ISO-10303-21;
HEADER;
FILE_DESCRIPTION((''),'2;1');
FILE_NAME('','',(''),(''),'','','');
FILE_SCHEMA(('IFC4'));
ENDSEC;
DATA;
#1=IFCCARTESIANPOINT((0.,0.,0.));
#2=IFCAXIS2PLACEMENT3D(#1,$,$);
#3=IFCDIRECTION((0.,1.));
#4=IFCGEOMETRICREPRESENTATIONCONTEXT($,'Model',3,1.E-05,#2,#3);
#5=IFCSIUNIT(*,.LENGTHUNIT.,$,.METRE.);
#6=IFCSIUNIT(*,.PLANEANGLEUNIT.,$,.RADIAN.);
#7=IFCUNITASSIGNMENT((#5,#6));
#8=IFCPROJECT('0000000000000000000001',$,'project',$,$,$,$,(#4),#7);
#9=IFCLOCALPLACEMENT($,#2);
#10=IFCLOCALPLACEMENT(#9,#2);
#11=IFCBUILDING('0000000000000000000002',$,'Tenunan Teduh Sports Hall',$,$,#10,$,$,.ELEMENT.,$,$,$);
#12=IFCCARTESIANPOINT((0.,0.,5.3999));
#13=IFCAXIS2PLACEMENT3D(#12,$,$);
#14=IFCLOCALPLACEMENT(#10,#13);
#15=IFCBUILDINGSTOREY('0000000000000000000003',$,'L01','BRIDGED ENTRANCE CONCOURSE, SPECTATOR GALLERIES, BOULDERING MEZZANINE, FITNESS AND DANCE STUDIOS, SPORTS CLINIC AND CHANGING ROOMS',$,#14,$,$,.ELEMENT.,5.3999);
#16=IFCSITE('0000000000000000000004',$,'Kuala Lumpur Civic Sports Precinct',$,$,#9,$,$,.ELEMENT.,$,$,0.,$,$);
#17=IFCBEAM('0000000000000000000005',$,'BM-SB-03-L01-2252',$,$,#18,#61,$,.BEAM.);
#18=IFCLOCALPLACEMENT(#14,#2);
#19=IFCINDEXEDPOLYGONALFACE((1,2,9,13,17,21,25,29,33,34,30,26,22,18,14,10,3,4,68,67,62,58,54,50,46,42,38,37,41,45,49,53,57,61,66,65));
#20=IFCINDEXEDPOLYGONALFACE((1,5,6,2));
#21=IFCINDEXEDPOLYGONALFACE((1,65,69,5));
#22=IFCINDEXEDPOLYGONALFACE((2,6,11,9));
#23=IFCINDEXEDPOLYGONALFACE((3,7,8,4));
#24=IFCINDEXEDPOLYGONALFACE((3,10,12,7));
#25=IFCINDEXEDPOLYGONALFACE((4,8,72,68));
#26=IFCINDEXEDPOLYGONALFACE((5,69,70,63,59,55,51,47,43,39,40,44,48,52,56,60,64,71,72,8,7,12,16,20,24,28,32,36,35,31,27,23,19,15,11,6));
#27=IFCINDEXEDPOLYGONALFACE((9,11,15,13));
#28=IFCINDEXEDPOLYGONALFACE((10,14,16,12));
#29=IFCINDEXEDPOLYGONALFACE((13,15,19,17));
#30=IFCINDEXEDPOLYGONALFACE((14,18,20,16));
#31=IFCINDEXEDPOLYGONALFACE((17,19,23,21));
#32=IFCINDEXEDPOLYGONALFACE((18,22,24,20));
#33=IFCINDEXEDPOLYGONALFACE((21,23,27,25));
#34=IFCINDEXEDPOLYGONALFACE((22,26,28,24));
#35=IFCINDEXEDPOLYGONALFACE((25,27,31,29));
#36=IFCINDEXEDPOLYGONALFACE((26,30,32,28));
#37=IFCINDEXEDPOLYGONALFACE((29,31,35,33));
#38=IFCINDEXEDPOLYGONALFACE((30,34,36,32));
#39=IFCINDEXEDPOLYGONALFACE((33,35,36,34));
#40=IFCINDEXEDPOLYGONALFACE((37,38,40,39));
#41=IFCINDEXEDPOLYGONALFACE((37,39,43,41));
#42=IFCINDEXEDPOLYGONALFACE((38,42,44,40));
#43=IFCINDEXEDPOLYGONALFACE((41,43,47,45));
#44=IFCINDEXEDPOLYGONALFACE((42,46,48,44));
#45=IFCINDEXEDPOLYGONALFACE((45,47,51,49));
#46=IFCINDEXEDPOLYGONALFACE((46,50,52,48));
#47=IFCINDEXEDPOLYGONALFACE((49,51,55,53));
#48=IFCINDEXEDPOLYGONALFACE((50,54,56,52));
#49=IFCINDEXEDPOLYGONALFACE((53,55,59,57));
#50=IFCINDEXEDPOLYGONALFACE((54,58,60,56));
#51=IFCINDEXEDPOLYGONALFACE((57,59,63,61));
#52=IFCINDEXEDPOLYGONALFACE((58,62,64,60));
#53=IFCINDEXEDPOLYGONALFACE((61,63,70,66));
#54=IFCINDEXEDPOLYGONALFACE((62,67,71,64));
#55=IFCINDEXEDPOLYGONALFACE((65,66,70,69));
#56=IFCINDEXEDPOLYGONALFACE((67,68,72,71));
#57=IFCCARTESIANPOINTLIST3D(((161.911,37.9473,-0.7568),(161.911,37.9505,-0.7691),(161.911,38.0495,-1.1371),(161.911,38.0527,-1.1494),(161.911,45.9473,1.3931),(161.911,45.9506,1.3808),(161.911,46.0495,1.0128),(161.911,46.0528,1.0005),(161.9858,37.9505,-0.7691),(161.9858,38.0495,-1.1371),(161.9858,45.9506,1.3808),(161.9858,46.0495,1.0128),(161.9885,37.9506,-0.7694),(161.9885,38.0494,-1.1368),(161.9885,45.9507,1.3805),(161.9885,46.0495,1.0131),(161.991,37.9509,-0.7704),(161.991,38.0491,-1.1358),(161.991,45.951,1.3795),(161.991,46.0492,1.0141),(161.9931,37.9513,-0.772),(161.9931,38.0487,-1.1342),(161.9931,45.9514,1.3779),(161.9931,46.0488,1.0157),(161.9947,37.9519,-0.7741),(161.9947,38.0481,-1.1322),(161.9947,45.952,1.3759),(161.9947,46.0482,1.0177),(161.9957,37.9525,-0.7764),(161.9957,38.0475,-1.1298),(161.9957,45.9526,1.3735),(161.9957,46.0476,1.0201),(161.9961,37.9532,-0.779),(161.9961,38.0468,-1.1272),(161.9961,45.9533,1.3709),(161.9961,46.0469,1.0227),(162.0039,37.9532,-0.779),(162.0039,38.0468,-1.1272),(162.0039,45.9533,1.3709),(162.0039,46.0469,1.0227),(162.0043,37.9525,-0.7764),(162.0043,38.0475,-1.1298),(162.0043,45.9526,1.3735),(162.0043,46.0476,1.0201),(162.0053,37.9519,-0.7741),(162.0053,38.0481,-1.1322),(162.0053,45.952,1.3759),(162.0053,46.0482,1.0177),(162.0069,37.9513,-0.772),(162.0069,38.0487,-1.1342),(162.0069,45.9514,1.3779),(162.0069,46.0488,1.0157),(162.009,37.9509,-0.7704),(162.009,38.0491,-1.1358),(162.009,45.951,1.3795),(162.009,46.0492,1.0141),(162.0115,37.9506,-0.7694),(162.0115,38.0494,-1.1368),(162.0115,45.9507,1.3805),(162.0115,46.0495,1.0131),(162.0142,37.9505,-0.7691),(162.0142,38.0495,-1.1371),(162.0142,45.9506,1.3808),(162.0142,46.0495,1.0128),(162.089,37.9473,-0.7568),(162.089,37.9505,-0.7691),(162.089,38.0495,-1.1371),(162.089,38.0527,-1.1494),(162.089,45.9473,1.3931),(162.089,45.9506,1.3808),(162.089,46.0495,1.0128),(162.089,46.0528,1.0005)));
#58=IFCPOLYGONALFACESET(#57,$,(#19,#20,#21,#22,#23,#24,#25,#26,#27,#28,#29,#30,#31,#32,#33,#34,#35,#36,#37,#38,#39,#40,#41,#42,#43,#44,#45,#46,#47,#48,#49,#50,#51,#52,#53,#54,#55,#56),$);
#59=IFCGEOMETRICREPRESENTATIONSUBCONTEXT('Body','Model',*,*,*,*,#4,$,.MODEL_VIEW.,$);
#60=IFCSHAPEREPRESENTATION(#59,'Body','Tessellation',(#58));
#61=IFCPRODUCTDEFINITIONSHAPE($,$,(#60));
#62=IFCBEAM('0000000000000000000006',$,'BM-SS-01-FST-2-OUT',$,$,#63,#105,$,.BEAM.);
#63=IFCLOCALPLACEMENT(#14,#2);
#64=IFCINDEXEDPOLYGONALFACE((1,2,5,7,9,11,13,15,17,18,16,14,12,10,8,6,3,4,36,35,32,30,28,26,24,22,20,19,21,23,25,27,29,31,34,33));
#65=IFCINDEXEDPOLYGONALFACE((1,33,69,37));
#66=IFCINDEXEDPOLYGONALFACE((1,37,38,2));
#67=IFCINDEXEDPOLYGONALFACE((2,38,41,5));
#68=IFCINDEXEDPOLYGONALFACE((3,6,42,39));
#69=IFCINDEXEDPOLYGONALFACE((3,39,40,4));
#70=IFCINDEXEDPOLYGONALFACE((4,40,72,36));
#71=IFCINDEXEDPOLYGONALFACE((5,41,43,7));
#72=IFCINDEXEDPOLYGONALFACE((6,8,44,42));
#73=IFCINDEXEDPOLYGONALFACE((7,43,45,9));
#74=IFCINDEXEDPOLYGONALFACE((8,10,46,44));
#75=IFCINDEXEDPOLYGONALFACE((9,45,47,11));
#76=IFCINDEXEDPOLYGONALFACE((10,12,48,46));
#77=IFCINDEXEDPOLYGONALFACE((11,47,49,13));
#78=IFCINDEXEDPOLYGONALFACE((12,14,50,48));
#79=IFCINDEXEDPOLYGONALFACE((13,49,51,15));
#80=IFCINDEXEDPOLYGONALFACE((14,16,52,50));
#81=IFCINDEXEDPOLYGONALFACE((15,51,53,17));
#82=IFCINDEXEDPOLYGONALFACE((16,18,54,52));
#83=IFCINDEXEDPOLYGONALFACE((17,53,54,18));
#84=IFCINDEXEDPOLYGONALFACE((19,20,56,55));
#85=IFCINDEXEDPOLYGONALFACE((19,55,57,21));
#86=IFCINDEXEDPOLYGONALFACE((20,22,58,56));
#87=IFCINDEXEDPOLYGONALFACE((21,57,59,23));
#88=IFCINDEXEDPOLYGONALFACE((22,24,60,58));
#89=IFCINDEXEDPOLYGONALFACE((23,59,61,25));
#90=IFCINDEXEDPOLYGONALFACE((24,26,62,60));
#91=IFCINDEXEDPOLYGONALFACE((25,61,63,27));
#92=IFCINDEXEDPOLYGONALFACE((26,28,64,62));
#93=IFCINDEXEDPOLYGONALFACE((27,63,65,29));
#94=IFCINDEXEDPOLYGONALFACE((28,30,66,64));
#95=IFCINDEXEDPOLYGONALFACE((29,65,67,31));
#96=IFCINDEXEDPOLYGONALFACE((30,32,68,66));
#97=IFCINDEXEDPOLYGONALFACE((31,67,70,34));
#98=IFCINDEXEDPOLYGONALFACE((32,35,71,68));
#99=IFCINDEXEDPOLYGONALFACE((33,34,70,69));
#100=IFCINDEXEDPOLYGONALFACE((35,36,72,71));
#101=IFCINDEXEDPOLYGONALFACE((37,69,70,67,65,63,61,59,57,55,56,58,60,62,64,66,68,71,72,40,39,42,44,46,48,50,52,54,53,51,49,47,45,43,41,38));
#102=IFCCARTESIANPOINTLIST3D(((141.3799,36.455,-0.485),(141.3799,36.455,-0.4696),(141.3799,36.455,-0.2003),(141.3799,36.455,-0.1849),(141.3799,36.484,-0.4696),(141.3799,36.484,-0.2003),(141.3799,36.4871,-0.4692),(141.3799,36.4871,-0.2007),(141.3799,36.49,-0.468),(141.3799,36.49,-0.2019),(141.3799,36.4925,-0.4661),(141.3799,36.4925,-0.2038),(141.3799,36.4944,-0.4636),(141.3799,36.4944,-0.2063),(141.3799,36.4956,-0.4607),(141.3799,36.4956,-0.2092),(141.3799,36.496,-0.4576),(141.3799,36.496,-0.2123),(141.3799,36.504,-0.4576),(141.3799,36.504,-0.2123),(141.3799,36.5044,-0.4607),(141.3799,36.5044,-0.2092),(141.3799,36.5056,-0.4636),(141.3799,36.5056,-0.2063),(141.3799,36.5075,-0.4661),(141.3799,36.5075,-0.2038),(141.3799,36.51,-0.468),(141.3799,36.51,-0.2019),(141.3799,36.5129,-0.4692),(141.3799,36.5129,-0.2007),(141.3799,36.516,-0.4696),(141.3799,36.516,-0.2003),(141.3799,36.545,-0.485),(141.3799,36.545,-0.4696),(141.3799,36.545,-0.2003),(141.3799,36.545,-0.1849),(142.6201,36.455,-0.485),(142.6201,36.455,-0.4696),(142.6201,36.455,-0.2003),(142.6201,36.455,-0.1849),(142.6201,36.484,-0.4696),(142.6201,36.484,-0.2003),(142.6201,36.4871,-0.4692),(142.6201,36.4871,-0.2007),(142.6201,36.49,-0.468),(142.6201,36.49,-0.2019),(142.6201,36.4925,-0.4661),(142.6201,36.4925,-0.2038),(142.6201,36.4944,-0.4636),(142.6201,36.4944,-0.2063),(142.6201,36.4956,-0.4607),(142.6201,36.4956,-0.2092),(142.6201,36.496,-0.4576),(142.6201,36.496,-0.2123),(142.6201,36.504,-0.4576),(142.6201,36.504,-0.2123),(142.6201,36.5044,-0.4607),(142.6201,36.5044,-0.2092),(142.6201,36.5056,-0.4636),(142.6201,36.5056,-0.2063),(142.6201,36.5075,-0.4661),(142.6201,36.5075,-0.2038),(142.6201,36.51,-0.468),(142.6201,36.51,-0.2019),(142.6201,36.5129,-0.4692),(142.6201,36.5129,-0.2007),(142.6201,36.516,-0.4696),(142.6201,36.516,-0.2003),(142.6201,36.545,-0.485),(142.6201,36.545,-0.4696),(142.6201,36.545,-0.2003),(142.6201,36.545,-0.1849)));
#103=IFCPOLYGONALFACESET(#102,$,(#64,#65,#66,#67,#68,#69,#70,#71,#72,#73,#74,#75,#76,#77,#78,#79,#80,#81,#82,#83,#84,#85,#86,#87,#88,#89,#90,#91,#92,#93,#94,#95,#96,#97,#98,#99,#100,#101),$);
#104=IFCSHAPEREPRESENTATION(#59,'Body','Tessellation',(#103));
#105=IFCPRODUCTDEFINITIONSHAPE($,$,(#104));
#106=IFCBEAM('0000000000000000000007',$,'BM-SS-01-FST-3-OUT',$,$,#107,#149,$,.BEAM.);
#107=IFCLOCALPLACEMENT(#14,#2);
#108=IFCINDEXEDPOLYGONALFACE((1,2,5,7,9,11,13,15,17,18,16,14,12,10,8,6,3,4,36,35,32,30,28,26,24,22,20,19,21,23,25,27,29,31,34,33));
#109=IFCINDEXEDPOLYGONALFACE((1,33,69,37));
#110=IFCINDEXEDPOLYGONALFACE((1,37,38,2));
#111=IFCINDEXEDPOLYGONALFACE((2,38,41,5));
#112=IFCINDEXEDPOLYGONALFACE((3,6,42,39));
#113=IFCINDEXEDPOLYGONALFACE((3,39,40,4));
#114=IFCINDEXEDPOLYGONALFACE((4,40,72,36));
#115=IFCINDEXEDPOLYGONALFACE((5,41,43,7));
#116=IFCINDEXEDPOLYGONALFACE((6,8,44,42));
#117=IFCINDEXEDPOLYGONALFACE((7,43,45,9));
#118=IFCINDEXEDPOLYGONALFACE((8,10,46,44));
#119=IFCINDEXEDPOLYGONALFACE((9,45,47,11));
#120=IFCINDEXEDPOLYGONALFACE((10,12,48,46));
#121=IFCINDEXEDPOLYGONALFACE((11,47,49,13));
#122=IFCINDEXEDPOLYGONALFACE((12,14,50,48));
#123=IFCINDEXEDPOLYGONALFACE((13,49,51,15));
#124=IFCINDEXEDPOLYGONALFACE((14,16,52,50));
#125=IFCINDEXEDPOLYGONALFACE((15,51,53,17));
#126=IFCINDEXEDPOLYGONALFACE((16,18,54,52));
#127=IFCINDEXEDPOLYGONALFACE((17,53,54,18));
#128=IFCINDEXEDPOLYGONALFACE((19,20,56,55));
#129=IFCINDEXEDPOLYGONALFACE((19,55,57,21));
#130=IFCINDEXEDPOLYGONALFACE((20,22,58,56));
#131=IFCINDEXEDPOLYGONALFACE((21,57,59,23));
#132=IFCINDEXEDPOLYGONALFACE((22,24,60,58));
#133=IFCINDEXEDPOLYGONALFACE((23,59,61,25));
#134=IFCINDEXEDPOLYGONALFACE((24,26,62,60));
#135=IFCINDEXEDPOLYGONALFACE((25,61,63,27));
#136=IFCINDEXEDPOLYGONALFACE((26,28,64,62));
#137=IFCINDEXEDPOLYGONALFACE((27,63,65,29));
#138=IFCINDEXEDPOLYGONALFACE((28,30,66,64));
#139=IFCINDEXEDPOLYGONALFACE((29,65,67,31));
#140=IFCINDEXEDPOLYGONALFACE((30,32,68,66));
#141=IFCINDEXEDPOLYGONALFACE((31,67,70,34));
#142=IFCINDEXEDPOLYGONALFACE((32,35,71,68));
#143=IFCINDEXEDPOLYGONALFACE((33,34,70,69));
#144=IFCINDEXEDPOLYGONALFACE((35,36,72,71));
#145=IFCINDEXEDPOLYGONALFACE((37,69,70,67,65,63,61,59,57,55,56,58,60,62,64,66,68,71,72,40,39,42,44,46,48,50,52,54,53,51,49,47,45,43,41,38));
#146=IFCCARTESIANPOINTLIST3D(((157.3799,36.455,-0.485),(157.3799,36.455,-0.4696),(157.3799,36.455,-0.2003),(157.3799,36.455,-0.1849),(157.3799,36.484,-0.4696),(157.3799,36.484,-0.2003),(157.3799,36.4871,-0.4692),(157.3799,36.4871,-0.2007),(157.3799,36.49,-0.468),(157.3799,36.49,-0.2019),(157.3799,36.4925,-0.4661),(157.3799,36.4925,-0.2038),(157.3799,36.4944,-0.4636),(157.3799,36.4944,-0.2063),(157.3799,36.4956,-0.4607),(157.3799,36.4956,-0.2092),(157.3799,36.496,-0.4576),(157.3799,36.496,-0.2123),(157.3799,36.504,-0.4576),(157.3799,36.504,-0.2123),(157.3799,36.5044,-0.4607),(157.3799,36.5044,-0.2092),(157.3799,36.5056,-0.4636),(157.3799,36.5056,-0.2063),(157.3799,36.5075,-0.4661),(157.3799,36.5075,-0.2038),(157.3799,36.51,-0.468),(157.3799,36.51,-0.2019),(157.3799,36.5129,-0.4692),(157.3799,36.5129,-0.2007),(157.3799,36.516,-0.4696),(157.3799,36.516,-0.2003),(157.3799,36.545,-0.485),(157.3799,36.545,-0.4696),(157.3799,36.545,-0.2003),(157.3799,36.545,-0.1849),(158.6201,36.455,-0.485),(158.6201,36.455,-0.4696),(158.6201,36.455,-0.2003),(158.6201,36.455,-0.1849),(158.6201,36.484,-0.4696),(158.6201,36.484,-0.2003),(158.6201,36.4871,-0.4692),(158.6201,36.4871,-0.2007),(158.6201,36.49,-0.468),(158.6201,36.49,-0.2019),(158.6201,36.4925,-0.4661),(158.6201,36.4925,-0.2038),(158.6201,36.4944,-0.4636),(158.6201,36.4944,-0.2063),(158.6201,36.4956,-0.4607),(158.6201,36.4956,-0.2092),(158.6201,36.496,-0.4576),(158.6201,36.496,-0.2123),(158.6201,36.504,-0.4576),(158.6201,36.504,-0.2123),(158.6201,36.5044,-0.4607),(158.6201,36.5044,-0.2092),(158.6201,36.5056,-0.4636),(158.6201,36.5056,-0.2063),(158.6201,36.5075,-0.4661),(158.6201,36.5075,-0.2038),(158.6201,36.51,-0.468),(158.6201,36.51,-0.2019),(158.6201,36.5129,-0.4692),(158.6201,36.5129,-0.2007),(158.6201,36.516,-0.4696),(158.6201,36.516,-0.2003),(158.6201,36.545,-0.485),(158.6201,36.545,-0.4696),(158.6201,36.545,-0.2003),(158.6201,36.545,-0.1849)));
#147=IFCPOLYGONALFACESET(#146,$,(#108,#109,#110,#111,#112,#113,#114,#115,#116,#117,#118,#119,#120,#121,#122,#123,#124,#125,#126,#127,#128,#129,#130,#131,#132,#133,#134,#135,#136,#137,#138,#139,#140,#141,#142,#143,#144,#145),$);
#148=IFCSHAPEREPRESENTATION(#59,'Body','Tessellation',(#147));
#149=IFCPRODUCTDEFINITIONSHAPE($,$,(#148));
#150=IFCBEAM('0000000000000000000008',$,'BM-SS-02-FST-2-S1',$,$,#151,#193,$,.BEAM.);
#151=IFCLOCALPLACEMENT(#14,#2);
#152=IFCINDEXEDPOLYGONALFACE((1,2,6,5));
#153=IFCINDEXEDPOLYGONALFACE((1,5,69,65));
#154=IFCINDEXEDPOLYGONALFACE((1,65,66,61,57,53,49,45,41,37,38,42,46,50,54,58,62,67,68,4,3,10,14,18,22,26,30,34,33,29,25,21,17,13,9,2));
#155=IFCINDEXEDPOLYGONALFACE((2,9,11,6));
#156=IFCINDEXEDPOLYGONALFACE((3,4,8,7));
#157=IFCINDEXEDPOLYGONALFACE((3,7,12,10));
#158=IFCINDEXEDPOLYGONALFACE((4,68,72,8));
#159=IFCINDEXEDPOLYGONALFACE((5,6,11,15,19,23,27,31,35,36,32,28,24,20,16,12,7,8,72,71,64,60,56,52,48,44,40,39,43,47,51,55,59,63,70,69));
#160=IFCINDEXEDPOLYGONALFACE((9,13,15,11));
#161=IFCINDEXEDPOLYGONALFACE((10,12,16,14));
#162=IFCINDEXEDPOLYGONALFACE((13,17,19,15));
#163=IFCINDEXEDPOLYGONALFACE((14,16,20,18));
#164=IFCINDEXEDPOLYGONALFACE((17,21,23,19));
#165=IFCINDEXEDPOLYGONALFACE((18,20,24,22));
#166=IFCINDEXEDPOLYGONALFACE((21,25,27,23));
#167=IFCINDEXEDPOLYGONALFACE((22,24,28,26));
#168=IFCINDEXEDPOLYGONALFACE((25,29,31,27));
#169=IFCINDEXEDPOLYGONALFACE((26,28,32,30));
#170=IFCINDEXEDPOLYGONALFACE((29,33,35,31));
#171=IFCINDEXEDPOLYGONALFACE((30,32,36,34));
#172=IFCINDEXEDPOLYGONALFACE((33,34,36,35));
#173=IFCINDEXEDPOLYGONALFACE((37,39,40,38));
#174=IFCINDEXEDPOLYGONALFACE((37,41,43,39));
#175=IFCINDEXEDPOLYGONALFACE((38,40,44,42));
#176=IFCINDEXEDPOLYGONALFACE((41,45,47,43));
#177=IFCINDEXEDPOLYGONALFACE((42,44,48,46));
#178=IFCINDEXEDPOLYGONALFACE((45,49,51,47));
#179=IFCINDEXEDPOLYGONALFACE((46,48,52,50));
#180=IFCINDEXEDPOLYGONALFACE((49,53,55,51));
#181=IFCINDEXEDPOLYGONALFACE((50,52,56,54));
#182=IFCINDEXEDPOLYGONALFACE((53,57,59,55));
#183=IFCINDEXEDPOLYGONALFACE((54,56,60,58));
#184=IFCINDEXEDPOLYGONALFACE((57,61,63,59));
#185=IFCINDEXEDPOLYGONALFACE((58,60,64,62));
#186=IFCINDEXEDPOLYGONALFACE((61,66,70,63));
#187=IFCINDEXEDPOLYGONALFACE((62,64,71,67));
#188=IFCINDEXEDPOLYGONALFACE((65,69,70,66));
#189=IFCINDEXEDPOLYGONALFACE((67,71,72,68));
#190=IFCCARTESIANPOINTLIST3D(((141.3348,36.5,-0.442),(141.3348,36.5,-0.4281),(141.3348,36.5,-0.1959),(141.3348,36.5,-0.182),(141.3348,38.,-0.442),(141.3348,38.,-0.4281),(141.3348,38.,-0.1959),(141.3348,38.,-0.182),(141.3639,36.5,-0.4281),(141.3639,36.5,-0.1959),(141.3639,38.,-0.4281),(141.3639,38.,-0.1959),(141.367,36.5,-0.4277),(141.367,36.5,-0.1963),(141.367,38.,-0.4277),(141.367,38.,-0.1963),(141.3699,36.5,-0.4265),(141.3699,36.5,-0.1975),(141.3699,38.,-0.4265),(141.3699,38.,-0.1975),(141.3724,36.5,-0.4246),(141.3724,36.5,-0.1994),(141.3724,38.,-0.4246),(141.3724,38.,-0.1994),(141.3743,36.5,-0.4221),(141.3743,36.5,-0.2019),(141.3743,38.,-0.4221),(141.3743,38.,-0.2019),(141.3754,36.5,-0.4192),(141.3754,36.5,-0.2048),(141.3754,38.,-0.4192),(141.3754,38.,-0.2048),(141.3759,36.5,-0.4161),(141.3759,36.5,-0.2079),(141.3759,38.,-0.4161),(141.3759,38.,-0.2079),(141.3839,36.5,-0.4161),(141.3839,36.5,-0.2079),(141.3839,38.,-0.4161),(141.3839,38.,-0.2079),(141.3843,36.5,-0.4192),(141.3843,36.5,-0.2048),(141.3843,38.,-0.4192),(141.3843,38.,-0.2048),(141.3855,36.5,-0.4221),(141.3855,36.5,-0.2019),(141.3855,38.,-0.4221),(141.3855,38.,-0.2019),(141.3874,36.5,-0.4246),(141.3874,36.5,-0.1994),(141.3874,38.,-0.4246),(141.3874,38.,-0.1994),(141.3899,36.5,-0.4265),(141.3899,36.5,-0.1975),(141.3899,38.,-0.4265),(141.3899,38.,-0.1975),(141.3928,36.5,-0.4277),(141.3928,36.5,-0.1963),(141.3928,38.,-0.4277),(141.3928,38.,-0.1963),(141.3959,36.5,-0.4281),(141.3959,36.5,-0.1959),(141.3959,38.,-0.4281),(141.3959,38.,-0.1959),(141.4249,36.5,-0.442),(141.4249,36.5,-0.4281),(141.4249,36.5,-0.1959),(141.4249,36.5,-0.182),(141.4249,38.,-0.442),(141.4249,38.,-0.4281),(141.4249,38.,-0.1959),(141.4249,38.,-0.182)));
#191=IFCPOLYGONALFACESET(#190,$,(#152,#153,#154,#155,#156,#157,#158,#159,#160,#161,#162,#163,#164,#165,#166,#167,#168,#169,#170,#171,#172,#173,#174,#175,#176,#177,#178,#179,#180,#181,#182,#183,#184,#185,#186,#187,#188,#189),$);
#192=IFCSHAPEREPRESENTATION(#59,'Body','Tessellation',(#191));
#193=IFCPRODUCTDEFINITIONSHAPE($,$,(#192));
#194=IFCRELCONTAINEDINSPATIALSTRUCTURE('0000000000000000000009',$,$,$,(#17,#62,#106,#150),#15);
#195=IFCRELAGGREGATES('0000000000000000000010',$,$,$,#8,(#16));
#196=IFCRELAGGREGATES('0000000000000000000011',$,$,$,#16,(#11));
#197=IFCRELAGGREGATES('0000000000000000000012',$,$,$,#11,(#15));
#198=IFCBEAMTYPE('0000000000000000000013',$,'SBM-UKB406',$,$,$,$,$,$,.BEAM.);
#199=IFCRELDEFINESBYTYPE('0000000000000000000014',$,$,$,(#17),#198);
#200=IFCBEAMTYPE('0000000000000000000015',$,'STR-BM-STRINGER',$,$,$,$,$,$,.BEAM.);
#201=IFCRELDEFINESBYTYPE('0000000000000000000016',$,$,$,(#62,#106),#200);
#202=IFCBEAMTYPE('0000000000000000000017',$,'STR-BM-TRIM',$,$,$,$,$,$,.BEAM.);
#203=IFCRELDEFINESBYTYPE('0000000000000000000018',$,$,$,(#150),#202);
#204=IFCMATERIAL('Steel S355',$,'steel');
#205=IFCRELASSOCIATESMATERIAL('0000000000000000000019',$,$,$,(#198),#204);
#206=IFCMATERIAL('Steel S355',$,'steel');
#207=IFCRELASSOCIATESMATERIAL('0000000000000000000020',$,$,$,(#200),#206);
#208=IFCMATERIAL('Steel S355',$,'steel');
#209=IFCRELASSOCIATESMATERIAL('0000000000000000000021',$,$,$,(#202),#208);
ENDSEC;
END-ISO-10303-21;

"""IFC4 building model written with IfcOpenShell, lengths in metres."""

from ifc_helpers import new_model, si_unit, direction, frame, origin, origin_2d, place, context, subcontext, project, spatial, i_section, extrude, material, material_profile, profile_set, type_object, element, save


model = new_model("IFC4")

# Units and contexts
model_context = context("Model", 3, precision=1e-05, world=origin(), true_north=direction((0.0, 1.0)))
body_context = subcontext(model_context, "Body", "Model", "MODEL_VIEW")
ifc_project = project(units=[si_unit("LENGTHUNIT", "METRE"), si_unit("PLANEANGLEUNIT", "RADIAN")], contexts=[model_context])

# Site, building, storey
site_placement = place(None, origin())
site = spatial("IfcSite", under=ifc_project, at=site_placement, Name="Kuala Lumpur Civic Sports Precinct", CompositionType="ELEMENT", RefElevation=0.0)
building_placement = place(site_placement, origin())
building = spatial("IfcBuilding", under=site, at=building_placement, Name="Tenunan Teduh Sports Hall", CompositionType="ELEMENT")
storey_placement = place(building_placement, frame((0.0, 0.0, 5.3999)))
storey = spatial("IfcBuildingStorey", under=building, at=storey_placement, Name="L01", Description="BRIDGED ENTRANCE CONCOURSE, SPECTATOR GALLERIES, BOULDERING MEZZANINE, FITNESS AND DANCE STUDIOS, SPORTS CLINIC AND CHANGING ROOMS", CompositionType="ELEMENT", Elevation=5.3999)

# Beams
ifc_material_1 = material(Name="Steel S355", Category="steel")
ifc_material_profile_1 = material_profile(ifc_material_1, i_section(OverallWidth=0.178, OverallDepth=0.4065, WebThickness=0.0078, FlangeThickness=0.0127, FilletRadius=0.0103, at=origin_2d()), Name="UKB 406x178x60")
ifc_profile_set_1 = profile_set([ifc_material_profile_1], Name="Steel S355")
beam_type_1 = type_object("IfcBeamType", Name="SBM-UKB406", PredefinedType="BEAM", material=ifc_profile_set_1)
for number, where, z_axis, x_axis, name in (
    (1, (162.0, 38.0, -0.9531), (0.0, 0.965735, 0.25953), (-1.0, 0.0, 0.0), "BM-SB-03-L01-2252"),
):
    element("IfcBeam", number, at=place(storey_placement, frame(where, z_axis=z_axis, x_axis=x_axis)), inside=storey, type_object=beam_type_1, Name=name, PredefinedType="BEAM", context=body_context, shape_type="SweptSolid", body=[
        extrude(i_section(OverallWidth=0.178, OverallDepth=0.4065, WebThickness=0.0078, FlangeThickness=0.0127, FilletRadius=0.0103, at=origin_2d()), origin(), (0.0, 0.0, 1.0), 8.2839),
    ])
ifc_material_2 = material(Name="Steel S355", Category="steel")
ifc_material_profile_2 = material_profile(ifc_material_2, i_section(OverallWidth=0.0901, OverallDepth=0.3, WebThickness=0.0081, FlangeThickness=0.0154, FilletRadius=0.012, at=origin_2d()), Name="PFC 300x90")
ifc_profile_set_2 = profile_set([ifc_material_profile_2], Name="Steel S355")
beam_type_2 = type_object("IfcBeamType", Name="STR-BM-STRINGER", PredefinedType="BEAM", material=ifc_profile_set_2)
for number, where, z_axis, x_axis, name in (
    (2, (141.3799, 36.5, -0.335), (1.0, 0.0, 0.0), (0.0, 1.0, 0.0), "BM-SS-01-FST-2-OUT"),
    (3, (157.3799, 36.5, -0.335), (1.0, 0.0, 0.0), (0.0, 1.0, 0.0), "BM-SS-01-FST-3-OUT"),
):
    element("IfcBeam", number, at=place(storey_placement, frame(where, z_axis=z_axis, x_axis=x_axis)), inside=storey, type_object=beam_type_2, Name=name, PredefinedType="BEAM", context=body_context, shape_type="SweptSolid", body=[
        extrude(i_section(OverallWidth=0.0901, OverallDepth=0.3, WebThickness=0.0081, FlangeThickness=0.0154, FilletRadius=0.012, at=origin_2d()), origin(), (0.0, 0.0, 1.0), 1.2402),
    ])
ifc_material_3 = material(Name="Steel S355", Category="steel")
ifc_material_profile_3 = material_profile(ifc_material_3, i_section(OverallWidth=0.0901, OverallDepth=0.26, WebThickness=0.0081, FlangeThickness=0.0139, FilletRadius=0.012, at=origin_2d()), Name="PFC 260x90")
ifc_profile_set_3 = profile_set([ifc_material_profile_3], Name="Steel S355")
beam_type_3 = type_object("IfcBeamType", Name="STR-BM-TRIM", PredefinedType="BEAM", material=ifc_profile_set_3)
for number, where, z_axis, x_axis, name in (
    (4, (141.3799, 36.5, -0.312), (0.0, 1.0, 0.0), (-1.0, 0.0, 0.0), "BM-SS-02-FST-2-S1"),
):
    element("IfcBeam", number, at=place(storey_placement, frame(where, z_axis=z_axis, x_axis=x_axis)), inside=storey, type_object=beam_type_3, Name=name, PredefinedType="BEAM", context=body_context, shape_type="SweptSolid", body=[
        extrude(i_section(OverallWidth=0.0901, OverallDepth=0.26, WebThickness=0.0081, FlangeThickness=0.0139, FilletRadius=0.012, at=origin_2d()), origin(), (0.0, 0.0, 1.0), 1.5),
    ])

save(model, "model.ifc")
